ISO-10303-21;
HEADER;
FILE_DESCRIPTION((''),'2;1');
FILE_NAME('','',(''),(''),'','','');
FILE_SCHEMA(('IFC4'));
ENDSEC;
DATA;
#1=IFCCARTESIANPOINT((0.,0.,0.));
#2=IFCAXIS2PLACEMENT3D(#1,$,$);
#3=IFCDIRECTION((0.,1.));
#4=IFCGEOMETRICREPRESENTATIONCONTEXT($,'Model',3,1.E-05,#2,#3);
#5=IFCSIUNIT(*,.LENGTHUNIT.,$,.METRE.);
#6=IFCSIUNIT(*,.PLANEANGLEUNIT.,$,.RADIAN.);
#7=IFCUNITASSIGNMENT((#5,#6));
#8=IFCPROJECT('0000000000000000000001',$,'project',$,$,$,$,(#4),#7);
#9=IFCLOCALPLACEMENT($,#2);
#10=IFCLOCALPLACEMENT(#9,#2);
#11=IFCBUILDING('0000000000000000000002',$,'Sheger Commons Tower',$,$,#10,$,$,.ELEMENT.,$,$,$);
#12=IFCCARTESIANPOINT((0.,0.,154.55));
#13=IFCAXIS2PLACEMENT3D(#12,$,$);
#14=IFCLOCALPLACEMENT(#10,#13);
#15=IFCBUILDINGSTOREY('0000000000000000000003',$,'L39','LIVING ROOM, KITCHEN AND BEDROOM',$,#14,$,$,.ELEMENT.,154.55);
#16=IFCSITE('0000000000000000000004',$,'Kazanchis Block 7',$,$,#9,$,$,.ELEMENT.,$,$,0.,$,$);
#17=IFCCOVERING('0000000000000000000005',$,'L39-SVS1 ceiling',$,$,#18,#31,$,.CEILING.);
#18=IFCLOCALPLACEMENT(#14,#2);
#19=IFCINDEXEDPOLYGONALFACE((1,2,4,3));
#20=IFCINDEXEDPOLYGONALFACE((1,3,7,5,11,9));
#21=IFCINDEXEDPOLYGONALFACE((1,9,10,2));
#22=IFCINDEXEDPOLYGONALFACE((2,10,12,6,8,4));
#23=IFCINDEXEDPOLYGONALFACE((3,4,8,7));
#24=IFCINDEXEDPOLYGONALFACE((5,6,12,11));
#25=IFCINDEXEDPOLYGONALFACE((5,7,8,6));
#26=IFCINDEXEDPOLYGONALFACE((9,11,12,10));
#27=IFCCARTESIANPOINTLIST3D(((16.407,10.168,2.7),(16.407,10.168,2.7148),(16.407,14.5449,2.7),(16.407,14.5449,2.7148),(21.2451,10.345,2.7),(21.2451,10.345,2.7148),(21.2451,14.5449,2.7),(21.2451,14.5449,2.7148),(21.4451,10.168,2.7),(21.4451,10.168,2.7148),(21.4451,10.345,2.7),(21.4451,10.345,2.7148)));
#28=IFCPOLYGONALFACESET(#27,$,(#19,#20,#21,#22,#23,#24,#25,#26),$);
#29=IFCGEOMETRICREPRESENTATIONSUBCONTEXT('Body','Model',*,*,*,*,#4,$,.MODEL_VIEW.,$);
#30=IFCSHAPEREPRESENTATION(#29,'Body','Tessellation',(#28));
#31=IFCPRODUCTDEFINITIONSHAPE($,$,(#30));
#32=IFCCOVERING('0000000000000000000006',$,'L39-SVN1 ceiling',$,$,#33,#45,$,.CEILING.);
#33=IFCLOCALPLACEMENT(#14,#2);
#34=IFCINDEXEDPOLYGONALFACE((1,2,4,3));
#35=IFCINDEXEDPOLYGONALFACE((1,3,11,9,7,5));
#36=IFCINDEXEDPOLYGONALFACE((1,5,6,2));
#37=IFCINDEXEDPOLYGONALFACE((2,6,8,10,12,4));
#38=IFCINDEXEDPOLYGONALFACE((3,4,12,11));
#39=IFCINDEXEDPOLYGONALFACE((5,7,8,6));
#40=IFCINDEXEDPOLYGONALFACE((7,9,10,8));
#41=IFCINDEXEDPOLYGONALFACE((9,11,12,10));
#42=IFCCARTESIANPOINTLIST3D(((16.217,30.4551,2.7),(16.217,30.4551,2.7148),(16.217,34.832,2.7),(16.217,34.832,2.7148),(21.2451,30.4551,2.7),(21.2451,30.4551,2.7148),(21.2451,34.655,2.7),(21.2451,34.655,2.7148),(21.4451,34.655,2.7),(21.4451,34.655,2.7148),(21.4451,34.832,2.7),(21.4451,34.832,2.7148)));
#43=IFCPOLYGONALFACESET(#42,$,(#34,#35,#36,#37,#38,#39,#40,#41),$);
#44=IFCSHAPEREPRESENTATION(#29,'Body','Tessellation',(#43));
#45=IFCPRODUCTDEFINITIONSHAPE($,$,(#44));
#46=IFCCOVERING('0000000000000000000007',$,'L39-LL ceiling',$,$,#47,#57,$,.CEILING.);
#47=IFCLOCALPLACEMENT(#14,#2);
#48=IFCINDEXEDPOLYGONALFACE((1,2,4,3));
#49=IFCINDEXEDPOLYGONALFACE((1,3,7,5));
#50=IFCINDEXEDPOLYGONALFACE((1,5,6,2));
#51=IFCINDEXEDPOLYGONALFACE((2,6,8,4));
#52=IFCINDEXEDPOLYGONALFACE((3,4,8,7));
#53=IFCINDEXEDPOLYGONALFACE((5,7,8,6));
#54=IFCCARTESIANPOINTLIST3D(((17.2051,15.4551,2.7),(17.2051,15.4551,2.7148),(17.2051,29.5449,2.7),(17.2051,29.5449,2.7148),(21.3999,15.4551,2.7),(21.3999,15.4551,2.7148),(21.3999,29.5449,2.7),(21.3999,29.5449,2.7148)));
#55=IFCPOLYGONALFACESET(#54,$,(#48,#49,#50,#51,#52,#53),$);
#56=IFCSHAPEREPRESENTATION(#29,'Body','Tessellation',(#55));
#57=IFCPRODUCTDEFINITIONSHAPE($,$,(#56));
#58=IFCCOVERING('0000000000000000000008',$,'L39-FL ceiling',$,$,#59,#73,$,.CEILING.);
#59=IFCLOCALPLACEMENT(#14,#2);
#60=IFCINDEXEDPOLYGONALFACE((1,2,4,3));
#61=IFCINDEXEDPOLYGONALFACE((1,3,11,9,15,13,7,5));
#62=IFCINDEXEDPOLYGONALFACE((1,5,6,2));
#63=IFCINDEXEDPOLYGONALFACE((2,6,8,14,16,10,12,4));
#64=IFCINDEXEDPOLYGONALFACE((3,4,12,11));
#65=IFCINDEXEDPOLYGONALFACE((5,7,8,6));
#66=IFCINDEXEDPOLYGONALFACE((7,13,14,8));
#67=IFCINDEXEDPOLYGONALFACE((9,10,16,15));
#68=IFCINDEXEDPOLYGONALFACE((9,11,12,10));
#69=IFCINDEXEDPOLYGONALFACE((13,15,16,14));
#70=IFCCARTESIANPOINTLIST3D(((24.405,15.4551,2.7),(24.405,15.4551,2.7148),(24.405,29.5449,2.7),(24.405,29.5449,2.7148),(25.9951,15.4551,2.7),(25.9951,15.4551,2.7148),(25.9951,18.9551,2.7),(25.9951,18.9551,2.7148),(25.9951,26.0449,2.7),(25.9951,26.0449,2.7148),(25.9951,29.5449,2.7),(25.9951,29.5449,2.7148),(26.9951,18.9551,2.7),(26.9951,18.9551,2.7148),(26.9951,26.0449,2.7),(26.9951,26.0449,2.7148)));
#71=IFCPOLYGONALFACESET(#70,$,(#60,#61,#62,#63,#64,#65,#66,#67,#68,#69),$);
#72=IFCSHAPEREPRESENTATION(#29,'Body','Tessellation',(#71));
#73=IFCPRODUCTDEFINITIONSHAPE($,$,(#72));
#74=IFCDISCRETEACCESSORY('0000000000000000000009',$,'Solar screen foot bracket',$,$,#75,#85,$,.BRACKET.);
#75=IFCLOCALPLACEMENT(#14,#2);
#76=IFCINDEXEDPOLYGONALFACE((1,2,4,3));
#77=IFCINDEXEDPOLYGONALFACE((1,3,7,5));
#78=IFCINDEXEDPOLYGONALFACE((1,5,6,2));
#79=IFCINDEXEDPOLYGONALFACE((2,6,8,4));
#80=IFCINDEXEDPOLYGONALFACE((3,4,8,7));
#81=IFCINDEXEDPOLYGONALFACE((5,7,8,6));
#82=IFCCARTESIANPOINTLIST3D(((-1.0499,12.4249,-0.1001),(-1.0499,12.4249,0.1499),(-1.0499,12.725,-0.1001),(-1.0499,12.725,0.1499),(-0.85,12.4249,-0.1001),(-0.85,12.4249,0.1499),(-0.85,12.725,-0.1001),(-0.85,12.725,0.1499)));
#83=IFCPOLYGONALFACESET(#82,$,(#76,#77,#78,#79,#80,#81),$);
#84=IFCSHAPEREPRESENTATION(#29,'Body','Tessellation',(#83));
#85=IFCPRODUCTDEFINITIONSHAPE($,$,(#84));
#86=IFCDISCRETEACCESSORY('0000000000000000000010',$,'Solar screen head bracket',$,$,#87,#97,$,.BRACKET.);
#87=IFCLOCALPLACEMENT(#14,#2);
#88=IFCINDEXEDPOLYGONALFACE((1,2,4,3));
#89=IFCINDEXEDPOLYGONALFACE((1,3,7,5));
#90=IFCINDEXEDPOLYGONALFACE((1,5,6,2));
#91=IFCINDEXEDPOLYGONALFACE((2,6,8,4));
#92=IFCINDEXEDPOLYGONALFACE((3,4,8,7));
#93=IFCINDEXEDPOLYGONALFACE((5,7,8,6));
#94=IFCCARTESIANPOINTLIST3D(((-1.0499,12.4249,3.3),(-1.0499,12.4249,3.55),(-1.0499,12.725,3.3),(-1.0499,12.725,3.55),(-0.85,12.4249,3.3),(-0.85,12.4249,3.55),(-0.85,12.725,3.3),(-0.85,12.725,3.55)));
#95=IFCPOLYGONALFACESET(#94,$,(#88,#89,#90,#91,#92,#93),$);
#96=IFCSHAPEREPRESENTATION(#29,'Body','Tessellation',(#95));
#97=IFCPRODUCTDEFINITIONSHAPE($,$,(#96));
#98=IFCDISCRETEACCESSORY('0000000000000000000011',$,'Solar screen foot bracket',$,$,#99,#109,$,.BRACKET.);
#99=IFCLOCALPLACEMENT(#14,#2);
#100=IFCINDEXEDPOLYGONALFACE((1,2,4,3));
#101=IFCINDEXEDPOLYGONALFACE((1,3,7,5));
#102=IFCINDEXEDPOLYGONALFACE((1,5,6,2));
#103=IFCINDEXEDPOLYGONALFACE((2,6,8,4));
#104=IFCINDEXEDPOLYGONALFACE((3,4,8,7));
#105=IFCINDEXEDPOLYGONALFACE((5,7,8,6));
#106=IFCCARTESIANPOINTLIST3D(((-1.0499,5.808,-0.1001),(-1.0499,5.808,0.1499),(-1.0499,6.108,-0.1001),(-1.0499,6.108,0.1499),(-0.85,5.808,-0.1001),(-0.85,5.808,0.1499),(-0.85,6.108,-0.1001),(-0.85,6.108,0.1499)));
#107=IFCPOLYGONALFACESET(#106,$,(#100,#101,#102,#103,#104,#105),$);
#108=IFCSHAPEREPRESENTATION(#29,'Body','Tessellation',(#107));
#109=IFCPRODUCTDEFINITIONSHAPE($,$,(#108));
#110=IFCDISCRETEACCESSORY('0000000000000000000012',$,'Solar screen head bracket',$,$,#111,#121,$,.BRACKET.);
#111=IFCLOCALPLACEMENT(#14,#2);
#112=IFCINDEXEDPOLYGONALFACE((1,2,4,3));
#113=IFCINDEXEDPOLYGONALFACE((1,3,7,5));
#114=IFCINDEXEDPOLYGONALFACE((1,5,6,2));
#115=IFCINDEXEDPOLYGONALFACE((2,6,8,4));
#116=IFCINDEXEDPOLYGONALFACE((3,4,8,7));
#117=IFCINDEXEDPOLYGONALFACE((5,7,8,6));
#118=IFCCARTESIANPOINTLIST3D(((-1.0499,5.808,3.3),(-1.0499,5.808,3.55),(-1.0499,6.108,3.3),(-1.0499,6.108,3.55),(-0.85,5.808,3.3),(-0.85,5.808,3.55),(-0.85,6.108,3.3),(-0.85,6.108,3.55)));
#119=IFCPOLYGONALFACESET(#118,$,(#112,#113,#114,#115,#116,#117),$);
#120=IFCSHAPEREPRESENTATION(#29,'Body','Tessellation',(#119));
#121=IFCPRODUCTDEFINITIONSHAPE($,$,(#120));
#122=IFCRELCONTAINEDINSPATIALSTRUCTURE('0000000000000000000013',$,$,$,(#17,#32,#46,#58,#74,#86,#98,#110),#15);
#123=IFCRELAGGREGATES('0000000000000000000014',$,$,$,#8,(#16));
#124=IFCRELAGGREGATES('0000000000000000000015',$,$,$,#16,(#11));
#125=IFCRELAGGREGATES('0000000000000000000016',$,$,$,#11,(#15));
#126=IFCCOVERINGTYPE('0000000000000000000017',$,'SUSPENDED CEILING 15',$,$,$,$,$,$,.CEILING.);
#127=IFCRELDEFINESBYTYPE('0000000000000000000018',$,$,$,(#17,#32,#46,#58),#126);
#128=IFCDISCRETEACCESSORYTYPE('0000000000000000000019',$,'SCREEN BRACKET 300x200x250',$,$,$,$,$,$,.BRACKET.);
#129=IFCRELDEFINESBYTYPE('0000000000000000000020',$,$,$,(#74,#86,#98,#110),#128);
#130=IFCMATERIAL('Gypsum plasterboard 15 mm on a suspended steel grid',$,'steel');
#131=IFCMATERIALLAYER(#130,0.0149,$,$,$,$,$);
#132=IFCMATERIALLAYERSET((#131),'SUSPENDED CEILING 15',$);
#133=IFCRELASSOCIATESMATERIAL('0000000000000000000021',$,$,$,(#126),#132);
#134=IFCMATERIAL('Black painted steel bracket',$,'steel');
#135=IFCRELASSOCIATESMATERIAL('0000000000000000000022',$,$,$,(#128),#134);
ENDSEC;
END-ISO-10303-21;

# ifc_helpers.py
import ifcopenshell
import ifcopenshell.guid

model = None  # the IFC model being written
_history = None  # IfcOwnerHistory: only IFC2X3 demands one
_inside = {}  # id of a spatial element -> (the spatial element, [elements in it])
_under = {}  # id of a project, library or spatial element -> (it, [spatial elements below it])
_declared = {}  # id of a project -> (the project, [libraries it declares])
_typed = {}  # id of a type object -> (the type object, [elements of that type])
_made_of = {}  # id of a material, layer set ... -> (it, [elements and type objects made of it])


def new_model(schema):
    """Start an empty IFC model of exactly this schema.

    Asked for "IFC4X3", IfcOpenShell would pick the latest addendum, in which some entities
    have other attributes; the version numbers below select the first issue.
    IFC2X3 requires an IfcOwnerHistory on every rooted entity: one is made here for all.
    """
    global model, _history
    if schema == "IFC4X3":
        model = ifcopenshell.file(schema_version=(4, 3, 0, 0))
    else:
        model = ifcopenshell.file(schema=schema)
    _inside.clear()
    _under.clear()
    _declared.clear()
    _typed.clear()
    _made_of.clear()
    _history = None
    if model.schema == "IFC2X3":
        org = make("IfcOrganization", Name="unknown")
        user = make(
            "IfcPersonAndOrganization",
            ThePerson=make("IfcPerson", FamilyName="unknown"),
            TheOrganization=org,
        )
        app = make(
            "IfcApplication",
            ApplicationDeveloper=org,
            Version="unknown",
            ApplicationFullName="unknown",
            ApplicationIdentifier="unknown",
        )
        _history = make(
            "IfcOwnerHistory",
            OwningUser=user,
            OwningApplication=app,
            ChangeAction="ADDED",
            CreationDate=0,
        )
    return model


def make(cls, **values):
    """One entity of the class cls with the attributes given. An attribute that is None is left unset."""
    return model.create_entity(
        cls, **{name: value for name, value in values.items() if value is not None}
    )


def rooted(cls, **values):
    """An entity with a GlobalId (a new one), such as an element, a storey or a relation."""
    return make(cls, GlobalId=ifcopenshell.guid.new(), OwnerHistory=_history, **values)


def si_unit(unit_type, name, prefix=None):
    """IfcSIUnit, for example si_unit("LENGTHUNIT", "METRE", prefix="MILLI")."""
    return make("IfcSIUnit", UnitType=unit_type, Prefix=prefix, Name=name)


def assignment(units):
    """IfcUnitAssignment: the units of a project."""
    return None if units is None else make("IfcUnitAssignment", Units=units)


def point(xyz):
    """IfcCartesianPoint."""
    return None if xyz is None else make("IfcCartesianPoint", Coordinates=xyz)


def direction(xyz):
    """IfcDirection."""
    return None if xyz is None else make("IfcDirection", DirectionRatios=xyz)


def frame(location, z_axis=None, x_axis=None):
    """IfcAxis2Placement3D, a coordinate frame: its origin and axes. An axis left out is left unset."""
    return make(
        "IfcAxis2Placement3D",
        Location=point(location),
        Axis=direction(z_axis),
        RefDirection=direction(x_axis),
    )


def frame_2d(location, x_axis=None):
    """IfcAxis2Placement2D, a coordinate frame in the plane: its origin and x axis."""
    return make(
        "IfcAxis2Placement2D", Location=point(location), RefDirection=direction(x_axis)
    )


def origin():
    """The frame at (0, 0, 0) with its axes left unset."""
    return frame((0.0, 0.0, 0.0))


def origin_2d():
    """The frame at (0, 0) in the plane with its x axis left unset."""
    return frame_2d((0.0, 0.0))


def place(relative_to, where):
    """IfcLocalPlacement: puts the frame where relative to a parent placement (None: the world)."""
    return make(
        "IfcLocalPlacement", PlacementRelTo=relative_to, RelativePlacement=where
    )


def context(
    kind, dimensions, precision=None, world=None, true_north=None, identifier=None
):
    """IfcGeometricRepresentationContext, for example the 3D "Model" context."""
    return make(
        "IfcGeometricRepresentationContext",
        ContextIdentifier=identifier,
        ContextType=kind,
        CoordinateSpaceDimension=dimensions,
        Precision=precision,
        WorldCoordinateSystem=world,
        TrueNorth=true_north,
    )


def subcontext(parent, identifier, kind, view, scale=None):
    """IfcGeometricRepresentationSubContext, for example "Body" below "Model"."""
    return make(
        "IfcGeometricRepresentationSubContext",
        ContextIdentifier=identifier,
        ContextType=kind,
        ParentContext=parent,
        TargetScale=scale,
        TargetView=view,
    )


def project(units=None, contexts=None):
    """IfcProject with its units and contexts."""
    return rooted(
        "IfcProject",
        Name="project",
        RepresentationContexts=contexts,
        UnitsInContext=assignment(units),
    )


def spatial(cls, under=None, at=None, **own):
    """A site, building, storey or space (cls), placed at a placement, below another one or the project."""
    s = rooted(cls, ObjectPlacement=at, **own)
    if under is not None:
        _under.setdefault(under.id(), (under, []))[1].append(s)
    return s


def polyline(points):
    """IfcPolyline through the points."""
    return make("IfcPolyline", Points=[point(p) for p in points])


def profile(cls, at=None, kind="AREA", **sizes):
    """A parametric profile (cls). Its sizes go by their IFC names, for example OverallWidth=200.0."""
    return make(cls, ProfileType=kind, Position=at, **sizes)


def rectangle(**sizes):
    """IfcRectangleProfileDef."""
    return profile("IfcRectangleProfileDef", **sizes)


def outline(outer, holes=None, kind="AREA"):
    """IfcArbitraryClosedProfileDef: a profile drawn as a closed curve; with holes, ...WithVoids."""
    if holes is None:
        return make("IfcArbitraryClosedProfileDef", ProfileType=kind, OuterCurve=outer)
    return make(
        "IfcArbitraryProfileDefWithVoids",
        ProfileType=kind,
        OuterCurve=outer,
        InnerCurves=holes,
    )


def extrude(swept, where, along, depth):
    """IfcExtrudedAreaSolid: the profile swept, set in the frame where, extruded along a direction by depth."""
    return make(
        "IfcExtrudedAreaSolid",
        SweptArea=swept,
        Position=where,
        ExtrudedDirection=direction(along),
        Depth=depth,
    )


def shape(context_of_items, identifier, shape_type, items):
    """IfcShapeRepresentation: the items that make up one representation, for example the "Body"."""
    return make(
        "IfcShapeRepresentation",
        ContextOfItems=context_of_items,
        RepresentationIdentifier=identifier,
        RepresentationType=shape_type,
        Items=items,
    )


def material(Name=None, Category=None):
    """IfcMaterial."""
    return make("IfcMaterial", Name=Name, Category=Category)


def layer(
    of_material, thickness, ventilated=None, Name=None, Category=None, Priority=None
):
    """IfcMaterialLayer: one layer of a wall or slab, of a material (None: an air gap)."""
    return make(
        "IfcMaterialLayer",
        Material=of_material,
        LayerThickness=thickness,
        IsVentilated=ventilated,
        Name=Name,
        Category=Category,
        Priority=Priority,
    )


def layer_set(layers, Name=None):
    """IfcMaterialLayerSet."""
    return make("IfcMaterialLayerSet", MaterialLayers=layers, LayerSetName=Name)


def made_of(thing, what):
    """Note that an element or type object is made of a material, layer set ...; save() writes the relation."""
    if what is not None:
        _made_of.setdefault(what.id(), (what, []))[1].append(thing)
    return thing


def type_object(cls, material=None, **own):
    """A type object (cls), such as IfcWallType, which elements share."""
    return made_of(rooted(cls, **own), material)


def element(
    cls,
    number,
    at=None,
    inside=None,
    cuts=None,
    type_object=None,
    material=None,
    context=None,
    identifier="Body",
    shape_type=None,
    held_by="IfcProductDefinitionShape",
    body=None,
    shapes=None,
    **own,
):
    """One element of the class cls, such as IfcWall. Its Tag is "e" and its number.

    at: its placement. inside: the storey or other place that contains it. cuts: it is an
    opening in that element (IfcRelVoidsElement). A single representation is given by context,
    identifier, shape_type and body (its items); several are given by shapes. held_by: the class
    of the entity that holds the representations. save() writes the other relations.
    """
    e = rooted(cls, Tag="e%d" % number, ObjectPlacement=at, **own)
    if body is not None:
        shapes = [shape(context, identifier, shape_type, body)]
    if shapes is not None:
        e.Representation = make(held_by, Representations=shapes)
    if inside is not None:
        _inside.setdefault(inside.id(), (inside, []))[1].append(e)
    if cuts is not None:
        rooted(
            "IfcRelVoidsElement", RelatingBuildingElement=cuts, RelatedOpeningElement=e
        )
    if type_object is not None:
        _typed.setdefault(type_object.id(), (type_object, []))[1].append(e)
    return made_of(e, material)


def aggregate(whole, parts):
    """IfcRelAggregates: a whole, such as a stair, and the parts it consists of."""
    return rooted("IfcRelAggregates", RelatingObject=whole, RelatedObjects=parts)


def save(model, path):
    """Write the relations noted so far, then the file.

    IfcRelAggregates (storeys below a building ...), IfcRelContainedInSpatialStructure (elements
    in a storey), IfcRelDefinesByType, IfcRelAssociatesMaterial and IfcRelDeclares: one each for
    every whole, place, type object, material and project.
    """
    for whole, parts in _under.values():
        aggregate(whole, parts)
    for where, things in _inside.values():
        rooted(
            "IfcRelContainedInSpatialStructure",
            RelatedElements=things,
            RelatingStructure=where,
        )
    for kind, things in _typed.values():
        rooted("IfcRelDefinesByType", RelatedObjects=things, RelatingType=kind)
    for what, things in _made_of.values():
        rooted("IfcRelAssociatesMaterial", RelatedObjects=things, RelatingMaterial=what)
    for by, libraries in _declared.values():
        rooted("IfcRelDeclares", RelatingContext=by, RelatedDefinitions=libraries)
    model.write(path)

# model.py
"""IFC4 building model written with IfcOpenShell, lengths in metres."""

from ifc_helpers import new_model, si_unit, direction, frame, origin, origin_2d, place, context, subcontext, project, spatial, polyline, rectangle, outline, extrude, material, layer, layer_set, type_object, element, save


model = new_model("IFC4")

# Units and contexts
model_context = context("Model", 3, precision=1e-05, world=origin(), true_north=direction((0.0, 1.0)))
body_context = subcontext(model_context, "Body", "Model", "MODEL_VIEW")
ifc_project = project(units=[si_unit("LENGTHUNIT", "METRE"), si_unit("PLANEANGLEUNIT", "RADIAN")], contexts=[model_context])

# Site, building, storey
site_placement = place(None, origin())
site = spatial("IfcSite", under=ifc_project, at=site_placement, Name="Kazanchis Block 7", CompositionType="ELEMENT", RefElevation=0.0)
building_placement = place(site_placement, origin())
building = spatial("IfcBuilding", under=site, at=building_placement, Name="Sheger Commons Tower", CompositionType="ELEMENT")
storey_placement = place(building_placement, frame((0.0, 0.0, 154.55)))
storey = spatial("IfcBuildingStorey", under=building, at=storey_placement, Name="L39", Description="LIVING ROOM, KITCHEN AND BEDROOM", CompositionType="ELEMENT", Elevation=154.55)

# Coverings
ifc_material_1 = material(Name="Gypsum plasterboard 15 mm on a suspended steel grid", Category="steel")
ifc_layer_1 = layer(ifc_material_1, 0.0149)
ifc_layer_set_1 = layer_set([ifc_layer_1], Name="SUSPENDED CEILING 15")
covering_type_1 = type_object("IfcCoveringType", Name="SUSPENDED CEILING 15", PredefinedType="CEILING", material=ifc_layer_set_1)
covering_1_placement = place(storey_placement, frame((0.0, 0.0, 2.7)))
element("IfcCovering", 1, at=covering_1_placement, inside=storey, type_object=covering_type_1, Name="L39-SVS1 ceiling", PredefinedType="CEILING", context=body_context, shape_type="SweptSolid", body=[
    extrude(outline(polyline([(16.407, 10.168), (21.4451, 10.168), (21.4451, 10.345), (21.2451, 10.345), (21.2451, 14.5449), (16.407, 14.5449), (16.407, 10.168)])), origin(), (0.0, 0.0, 1.0), 0.0149),
])
covering_2_placement = place(storey_placement, frame((0.0, 0.0, 2.7)))
element("IfcCovering", 2, at=covering_2_placement, inside=storey, type_object=covering_type_1, Name="L39-SVN1 ceiling", PredefinedType="CEILING", context=body_context, shape_type="SweptSolid", body=[
    extrude(outline(polyline([(16.217, 30.4551), (21.2451, 30.4551), (21.2451, 34.655), (21.4451, 34.655), (21.4451, 34.832), (16.217, 34.832), (16.217, 30.4551)])), origin(), (0.0, 0.0, 1.0), 0.0149),
])
covering_3_placement = place(storey_placement, frame((0.0, 0.0, 2.7)))
element("IfcCovering", 3, at=covering_3_placement, inside=storey, type_object=covering_type_1, Name="L39-LL ceiling", PredefinedType="CEILING", context=body_context, shape_type="SweptSolid", body=[
    extrude(outline(polyline([(17.2051, 15.4551), (21.3999, 15.4551), (21.3999, 29.5449), (17.2051, 29.5449), (17.2051, 15.4551)])), origin(), (0.0, 0.0, 1.0), 0.0149),
])
covering_4_placement = place(storey_placement, frame((0.0, 0.0, 2.7)))
element("IfcCovering", 4, at=covering_4_placement, inside=storey, type_object=covering_type_1, Name="L39-FL ceiling", PredefinedType="CEILING", context=body_context, shape_type="SweptSolid", body=[
    extrude(outline(polyline([(24.405, 15.4551), (25.9951, 15.4551), (25.9951, 18.9551), (26.9951, 18.9551), (26.9951, 26.0449), (25.9951, 26.0449), (25.9951, 29.5449), (24.405, 29.5449), (24.405, 15.4551)])), origin(), (0.0, 0.0, 1.0), 0.0149),
])

# Discrete accessories
ifc_material_2 = material(Name="Black painted steel bracket", Category="steel")
discrete_accessory_type = type_object("IfcDiscreteAccessoryType", Name="SCREEN BRACKET 300x200x250", PredefinedType="BRACKET", material=ifc_material_2)
for number, where, z_axis, x_axis, name in (
    (5, (-0.95, 12.575, -0.1001), (0.0, 0.0, 1.0), (0.0, -1.0, 0.0), "Solar screen foot bracket"),
    (6, (-0.95, 12.575, 3.3), (0.0, 0.0, 1.0), (0.0, -1.0, 0.0), "Solar screen head bracket"),
    (7, (-0.95, 5.958, -0.1001), (0.0, 0.0, 1.0), (0.0, -1.0, 0.0), "Solar screen foot bracket"),
    (8, (-0.95, 5.958, 3.3), (0.0, 0.0, 1.0), (0.0, -1.0, 0.0), "Solar screen head bracket"),
):
    element("IfcDiscreteAccessory", number, at=place(storey_placement, frame(where, z_axis=z_axis, x_axis=x_axis)), inside=storey, type_object=discrete_accessory_type, Name=name, PredefinedType="BRACKET", context=body_context, shape_type="SweptSolid", body=[
        extrude(rectangle(XDim=0.3, YDim=0.2, at=origin_2d()), origin(), (0.0, 0.0, 1.0), 0.25),
    ])

save(model, "model.ifc")
